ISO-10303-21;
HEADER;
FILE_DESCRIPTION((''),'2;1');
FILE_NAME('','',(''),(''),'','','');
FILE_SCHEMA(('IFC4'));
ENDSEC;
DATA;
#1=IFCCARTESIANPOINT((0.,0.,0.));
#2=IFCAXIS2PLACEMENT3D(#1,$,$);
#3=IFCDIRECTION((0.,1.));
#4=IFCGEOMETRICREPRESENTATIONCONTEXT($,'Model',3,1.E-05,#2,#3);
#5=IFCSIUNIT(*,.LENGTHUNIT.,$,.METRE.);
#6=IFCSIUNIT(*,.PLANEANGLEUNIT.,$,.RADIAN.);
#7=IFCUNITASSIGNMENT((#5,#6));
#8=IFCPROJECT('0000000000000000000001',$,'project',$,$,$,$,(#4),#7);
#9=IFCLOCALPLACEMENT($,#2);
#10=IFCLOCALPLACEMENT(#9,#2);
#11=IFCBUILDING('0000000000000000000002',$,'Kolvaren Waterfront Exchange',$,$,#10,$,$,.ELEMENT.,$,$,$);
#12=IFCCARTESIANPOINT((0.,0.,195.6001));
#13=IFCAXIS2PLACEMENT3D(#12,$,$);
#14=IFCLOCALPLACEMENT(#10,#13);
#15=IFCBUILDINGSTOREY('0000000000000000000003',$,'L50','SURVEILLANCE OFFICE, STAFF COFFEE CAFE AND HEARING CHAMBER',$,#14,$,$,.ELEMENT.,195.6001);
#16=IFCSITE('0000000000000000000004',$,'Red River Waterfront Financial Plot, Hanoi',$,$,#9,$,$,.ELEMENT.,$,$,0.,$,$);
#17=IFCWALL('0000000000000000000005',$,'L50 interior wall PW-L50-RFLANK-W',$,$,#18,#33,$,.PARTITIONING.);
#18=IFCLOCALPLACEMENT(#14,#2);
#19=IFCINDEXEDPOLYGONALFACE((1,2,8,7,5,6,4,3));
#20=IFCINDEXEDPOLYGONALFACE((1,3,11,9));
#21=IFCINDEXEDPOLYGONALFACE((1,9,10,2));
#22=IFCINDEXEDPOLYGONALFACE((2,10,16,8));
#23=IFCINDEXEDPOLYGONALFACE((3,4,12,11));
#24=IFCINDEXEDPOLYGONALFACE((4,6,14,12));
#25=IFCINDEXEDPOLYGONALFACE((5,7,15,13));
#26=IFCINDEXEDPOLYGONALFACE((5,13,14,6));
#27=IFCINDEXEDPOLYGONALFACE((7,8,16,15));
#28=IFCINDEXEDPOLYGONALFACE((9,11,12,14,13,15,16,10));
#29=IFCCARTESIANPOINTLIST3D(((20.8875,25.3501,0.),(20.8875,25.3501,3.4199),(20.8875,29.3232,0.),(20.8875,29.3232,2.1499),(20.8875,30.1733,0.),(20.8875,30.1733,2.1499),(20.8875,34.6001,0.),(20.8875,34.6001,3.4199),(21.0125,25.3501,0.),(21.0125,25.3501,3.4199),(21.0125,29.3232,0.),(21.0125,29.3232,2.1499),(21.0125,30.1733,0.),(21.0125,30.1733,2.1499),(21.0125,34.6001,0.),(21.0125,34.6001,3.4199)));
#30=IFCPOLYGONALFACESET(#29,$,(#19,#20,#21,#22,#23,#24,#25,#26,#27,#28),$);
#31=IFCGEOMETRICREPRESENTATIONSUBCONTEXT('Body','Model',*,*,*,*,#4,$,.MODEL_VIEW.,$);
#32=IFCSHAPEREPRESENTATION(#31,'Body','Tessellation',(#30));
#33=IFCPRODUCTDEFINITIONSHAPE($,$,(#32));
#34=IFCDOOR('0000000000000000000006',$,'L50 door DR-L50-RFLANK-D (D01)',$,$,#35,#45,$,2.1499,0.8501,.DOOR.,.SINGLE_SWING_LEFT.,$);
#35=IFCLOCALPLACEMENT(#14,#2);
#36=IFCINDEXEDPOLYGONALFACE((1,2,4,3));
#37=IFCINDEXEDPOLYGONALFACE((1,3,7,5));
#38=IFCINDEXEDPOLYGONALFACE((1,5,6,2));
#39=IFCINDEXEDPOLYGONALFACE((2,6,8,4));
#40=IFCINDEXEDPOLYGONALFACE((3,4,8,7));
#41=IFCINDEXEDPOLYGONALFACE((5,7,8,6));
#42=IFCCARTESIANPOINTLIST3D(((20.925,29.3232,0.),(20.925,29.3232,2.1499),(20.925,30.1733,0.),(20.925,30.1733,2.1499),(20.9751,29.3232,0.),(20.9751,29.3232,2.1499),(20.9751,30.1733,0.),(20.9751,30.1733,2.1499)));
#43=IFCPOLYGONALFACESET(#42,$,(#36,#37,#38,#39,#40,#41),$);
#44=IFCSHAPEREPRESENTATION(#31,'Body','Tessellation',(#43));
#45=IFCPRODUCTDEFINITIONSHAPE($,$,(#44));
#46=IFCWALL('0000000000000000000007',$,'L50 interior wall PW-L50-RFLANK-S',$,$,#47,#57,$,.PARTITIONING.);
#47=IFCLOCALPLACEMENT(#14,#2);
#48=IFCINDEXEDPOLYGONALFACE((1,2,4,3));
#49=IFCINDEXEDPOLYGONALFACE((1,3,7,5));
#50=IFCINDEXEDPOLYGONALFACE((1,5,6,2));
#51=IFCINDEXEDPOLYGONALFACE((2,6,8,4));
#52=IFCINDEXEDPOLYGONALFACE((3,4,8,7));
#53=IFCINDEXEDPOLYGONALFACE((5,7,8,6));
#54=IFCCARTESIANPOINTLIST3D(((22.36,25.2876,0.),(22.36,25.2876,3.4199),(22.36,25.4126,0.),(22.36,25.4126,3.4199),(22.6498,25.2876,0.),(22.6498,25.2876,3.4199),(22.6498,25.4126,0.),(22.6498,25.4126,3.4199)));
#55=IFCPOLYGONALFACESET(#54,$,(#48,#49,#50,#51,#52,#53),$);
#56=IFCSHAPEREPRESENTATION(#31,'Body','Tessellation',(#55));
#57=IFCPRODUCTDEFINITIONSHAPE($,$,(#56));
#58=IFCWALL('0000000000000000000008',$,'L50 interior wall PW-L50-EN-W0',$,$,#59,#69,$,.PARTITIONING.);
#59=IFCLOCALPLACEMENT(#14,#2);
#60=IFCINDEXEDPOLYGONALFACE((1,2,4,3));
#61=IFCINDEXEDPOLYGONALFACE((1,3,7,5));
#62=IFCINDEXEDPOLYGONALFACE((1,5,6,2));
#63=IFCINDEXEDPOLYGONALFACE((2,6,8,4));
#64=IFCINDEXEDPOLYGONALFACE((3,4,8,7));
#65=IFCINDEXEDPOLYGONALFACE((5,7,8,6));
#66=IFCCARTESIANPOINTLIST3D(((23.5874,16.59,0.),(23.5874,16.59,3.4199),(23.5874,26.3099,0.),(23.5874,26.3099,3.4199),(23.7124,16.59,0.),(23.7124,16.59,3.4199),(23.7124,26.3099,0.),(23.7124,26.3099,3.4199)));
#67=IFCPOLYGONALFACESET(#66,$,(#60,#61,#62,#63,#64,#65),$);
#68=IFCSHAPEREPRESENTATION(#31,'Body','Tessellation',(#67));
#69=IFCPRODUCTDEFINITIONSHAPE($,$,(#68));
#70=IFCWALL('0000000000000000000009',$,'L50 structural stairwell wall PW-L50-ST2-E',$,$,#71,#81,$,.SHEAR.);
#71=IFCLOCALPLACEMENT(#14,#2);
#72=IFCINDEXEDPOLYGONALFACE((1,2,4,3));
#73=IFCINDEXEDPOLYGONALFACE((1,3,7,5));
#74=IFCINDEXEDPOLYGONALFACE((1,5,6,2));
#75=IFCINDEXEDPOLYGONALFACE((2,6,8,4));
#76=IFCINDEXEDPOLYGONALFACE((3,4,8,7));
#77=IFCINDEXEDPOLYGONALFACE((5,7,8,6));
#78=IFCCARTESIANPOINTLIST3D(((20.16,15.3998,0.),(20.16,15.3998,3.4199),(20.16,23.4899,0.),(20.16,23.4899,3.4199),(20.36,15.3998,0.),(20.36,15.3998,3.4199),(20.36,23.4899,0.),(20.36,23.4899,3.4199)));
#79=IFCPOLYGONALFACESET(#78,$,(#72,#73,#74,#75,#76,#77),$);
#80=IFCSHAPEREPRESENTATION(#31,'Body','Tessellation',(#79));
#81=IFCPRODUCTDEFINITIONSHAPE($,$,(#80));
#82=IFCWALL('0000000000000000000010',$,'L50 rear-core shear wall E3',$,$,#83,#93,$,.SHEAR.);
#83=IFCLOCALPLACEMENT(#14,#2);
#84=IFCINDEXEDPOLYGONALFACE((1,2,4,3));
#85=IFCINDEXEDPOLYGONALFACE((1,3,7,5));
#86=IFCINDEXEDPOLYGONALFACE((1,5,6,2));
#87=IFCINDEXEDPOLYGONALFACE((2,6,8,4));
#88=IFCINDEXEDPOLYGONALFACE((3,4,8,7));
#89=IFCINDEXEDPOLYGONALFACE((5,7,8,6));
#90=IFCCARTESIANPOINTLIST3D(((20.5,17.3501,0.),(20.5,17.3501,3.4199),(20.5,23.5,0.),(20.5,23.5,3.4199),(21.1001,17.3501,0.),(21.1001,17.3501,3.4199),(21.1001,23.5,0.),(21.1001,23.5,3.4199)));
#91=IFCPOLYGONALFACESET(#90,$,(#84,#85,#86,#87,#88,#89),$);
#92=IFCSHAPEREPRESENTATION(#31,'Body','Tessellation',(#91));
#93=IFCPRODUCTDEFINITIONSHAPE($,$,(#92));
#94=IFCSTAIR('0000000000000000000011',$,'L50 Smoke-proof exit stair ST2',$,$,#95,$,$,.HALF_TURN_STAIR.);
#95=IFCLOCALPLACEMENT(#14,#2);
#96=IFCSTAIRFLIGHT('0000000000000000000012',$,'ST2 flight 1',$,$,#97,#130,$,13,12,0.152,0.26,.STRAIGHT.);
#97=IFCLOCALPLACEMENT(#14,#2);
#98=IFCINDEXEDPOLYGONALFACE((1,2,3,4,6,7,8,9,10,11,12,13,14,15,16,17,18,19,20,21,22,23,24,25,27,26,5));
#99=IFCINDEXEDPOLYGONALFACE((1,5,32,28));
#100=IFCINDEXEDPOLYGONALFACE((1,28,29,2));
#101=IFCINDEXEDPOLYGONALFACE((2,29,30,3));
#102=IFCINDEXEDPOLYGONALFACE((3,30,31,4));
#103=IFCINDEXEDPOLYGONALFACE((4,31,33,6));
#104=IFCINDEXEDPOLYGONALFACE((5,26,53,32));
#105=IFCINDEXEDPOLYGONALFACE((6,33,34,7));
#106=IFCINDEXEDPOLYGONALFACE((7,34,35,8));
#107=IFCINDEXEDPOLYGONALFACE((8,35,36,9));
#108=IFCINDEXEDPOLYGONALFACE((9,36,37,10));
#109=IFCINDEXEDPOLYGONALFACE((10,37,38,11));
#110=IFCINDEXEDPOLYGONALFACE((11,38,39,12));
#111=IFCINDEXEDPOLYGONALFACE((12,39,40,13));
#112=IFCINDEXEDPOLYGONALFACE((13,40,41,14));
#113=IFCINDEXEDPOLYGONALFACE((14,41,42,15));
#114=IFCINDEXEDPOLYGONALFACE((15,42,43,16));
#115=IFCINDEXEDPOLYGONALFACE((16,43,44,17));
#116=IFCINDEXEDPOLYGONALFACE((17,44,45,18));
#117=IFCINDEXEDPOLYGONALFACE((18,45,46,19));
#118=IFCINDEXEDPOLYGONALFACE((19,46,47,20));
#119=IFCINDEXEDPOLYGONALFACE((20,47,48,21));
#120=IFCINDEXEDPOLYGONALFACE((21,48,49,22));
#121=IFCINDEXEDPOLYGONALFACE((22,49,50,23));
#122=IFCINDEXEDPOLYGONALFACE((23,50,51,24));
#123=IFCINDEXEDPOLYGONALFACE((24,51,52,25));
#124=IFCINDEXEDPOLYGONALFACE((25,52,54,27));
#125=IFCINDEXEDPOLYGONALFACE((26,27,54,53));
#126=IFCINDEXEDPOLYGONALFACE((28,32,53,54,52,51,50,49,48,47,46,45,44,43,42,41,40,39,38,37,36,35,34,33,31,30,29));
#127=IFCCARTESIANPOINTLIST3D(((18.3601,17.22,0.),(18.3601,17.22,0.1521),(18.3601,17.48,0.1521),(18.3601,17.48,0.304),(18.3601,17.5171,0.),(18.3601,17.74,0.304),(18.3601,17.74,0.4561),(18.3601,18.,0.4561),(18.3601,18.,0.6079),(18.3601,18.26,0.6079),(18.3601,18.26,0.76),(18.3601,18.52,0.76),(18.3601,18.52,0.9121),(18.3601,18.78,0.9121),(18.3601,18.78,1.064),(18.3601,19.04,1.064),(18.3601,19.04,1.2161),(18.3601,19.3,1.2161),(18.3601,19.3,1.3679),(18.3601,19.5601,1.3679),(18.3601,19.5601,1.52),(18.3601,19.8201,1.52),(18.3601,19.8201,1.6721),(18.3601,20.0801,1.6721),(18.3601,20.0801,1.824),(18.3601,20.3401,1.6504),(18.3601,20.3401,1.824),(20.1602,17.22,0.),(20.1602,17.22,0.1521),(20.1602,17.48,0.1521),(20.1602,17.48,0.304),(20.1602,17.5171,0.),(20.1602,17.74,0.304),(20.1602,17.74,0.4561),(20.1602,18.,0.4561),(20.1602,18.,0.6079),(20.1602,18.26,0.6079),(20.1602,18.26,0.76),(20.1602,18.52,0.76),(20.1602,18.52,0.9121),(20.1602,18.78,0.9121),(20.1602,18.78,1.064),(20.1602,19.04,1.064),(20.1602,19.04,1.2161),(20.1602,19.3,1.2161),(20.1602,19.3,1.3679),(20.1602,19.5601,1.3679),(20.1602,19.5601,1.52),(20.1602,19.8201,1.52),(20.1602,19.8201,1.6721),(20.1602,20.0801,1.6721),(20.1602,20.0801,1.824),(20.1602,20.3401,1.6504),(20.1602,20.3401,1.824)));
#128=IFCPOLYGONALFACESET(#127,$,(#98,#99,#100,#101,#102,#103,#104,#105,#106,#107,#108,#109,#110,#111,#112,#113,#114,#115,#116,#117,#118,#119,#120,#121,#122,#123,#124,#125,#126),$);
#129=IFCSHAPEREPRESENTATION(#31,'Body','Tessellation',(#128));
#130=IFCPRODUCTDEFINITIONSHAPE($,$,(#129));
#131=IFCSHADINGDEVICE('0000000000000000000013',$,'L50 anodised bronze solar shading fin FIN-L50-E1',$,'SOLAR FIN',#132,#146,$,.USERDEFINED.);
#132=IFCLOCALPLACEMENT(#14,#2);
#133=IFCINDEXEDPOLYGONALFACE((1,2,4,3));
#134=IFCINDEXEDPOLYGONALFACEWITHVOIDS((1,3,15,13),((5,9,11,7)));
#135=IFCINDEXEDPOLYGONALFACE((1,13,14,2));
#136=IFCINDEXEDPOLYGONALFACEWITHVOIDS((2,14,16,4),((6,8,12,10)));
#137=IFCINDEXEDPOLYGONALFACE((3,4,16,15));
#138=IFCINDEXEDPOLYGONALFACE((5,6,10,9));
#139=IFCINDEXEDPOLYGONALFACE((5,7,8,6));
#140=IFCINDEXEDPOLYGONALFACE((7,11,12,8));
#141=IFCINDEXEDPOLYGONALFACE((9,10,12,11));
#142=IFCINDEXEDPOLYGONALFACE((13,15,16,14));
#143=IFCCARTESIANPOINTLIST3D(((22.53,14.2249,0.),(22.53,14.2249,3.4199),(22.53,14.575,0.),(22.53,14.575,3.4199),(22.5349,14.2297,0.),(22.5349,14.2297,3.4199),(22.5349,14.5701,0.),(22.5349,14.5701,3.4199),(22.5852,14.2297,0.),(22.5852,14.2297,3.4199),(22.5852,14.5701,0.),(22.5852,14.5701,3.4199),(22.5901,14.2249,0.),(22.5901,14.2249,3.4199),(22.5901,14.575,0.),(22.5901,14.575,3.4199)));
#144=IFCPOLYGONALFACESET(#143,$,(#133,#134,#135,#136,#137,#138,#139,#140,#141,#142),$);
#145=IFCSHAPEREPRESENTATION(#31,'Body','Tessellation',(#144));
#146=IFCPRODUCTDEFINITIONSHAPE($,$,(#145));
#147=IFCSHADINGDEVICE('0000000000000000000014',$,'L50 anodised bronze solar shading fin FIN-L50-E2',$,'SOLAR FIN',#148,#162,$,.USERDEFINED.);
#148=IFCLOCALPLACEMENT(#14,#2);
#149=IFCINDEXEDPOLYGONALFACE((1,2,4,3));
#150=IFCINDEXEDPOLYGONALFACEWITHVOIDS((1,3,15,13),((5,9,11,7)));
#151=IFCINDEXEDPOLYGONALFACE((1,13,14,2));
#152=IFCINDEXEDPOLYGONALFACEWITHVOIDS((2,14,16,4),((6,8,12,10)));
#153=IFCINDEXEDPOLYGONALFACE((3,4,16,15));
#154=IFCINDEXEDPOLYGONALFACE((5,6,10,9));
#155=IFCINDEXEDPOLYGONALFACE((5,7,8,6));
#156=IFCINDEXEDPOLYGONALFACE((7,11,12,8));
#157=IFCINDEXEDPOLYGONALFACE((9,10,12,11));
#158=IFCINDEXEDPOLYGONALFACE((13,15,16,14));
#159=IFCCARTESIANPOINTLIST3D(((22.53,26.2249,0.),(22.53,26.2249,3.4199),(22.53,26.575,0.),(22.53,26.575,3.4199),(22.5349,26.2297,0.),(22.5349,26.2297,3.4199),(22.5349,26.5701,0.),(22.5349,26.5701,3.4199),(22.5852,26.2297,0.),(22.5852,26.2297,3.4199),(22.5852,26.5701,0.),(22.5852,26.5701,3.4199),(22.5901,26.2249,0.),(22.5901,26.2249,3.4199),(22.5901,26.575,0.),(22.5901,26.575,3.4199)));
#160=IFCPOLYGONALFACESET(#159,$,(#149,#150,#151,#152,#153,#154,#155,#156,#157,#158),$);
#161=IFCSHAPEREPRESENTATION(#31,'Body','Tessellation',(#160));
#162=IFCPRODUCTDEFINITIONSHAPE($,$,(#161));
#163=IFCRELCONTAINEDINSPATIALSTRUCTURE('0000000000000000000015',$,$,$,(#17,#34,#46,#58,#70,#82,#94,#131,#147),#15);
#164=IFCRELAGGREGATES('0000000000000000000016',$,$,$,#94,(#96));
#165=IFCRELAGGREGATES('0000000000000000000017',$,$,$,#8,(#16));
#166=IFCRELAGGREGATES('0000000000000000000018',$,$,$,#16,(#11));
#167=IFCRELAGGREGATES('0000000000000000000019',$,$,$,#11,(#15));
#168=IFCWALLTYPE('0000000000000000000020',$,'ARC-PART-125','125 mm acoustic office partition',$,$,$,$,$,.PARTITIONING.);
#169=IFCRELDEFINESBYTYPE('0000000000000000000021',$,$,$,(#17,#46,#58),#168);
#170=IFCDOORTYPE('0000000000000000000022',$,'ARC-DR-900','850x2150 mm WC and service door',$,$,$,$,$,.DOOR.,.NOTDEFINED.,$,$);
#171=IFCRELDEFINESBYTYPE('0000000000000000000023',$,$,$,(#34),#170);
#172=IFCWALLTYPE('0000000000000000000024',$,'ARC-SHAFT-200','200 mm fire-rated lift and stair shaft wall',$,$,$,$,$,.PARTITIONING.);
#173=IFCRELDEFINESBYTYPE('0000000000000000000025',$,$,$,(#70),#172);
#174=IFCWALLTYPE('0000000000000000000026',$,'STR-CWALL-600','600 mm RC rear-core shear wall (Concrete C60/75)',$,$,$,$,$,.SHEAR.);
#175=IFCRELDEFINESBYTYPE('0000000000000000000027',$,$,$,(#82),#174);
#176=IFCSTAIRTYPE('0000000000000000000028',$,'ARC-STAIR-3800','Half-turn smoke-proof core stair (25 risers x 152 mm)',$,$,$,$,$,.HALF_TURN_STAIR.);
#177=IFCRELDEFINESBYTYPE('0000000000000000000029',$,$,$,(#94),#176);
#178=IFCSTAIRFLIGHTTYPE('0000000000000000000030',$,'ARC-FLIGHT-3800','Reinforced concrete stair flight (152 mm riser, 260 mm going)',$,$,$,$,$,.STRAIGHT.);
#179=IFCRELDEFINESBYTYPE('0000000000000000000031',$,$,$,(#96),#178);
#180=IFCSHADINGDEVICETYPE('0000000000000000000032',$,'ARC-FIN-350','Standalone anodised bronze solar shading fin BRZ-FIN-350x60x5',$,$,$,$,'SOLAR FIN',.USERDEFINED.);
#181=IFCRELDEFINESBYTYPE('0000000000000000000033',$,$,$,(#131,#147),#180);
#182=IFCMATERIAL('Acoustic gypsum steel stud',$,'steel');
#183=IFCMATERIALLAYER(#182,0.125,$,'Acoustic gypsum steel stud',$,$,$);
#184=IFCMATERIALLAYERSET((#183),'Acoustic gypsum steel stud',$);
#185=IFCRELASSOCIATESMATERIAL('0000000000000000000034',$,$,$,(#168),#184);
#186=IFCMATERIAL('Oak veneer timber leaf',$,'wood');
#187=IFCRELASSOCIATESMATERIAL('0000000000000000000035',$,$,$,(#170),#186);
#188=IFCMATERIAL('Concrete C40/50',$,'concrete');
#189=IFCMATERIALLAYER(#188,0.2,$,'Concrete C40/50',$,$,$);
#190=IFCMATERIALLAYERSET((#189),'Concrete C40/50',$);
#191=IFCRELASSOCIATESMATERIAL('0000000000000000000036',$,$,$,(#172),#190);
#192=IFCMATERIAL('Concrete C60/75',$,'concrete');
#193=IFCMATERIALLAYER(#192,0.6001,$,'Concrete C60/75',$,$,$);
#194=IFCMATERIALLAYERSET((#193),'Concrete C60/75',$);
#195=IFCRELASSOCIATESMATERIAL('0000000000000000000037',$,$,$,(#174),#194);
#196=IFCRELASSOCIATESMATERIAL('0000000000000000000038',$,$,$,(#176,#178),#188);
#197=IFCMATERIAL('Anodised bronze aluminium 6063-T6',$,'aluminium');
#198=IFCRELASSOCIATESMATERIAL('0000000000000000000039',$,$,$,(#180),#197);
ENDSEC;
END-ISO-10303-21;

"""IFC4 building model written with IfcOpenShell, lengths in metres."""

from ifc_helpers import new_model, si_unit, direction, frame, frame_2d, origin, origin_2d, place, context, subcontext, project, spatial, polyline, rectangle, hollow_rectangle, outline, extrude, material, layer, layer_set, material_profile, profile_set, type_object, element, fill, aggregate, save


model = new_model("IFC4")

# Units and contexts
model_context = context("Model", 3, precision=1e-05, world=origin(), true_north=direction((0.0, 1.0)))
body_context = subcontext(model_context, "Body", "Model", "MODEL_VIEW")
ifc_project = project(units=[si_unit("LENGTHUNIT", "METRE"), si_unit("PLANEANGLEUNIT", "RADIAN")], contexts=[model_context])

# Site, building, storey
site_placement = place(None, origin())
site = spatial("IfcSite", under=ifc_project, at=site_placement, Name="Red River Waterfront Financial Plot, Hanoi", CompositionType="ELEMENT", RefElevation=0.0)
building_placement = place(site_placement, origin())
building = spatial("IfcBuilding", under=site, at=building_placement, Name="Kolvaren Waterfront Exchange", CompositionType="ELEMENT")
storey_placement = place(building_placement, frame((0.0, 0.0, 195.6001)))
storey = spatial("IfcBuildingStorey", under=building, at=storey_placement, Name="L50", Description="SURVEILLANCE OFFICE, STAFF COFFEE CAFE AND HEARING CHAMBER", CompositionType="ELEMENT", Elevation=195.6001)

# Shared definitions
ifc_material_1 = material(Name="Concrete C60/75", Category="concrete")

# Shared definitions
ifc_material_2 = material(Name="Anodised bronze aluminium 6063-T6", Category="aluminium")

# Wall, opening, door
ifc_material_3 = material(Name="Acoustic gypsum steel stud", Category="steel")
ifc_layer_1 = layer(ifc_material_3, 0.125, Name="Acoustic gypsum steel stud")
ifc_layer_set_1 = layer_set([ifc_layer_1], Name="Acoustic gypsum steel stud")
wall_type_1 = type_object("IfcWallType", Name="ARC-PART-125", Description="125 mm acoustic office partition", PredefinedType="PARTITIONING", material=ifc_layer_set_1)
wall_1_placement = place(storey_placement, frame((20.95, 25.3501, 0.0), z_axis=(0.0, 0.0, 1.0), x_axis=(0.0, 1.0, 0.0)))
wall_1 = element("IfcWall", 1, at=wall_1_placement, inside=storey, type_object=wall_type_1, Name="L50 interior wall PW-L50-RFLANK-W", PredefinedType="PARTITIONING", context=body_context, shape_type="SweptSolid", body=[
    extrude(rectangle(XDim=9.25, YDim=0.125, at=frame_2d((4.625, 0.0))), origin(), (0.0, 0.0, 1.0), 3.4199),
])
opening_1_placement = place(wall_1_placement, frame((3.9731, 0.0, 0.0)))
opening_1 = element("IfcOpeningElement", 2, at=opening_1_placement, cuts=wall_1, PredefinedType="OPENING", context=body_context, shape_type="SweptSolid", body=[
    extrude(rectangle(XDim=0.8501, YDim=2.1499, at=frame_2d((0.425, 1.075))), frame((0.0, 0.0725, 0.0), z_axis=(0.0, -1.0, 0.0), x_axis=(1.0, 0.0, 0.0)), (0.0, 0.0, 1.0), 0.145),
])
ifc_material_4 = material(Name="Oak veneer timber leaf", Category="wood")
door_type_1 = type_object("IfcDoorType", Name="ARC-DR-900", Description="850x2150 mm WC and service door", OperationType="NOTDEFINED", PredefinedType="DOOR", material=ifc_material_4)
door_1_placement = place(opening_1_placement, origin())
door_1 = element("IfcDoor", 3, at=door_1_placement, inside=storey, type_object=door_type_1, Name="L50 door DR-L50-RFLANK-D (D01)", OperationType="SINGLE_SWING_LEFT", OverallHeight=2.1499, OverallWidth=0.8501, PredefinedType="DOOR", context=body_context, shape_type="SweptSolid", body=[
    extrude(rectangle(XDim=0.8501, YDim=2.1499, at=frame_2d((0.425, 1.075))), frame((0.0, 0.0249, 0.0), z_axis=(0.0, -1.0, 0.0), x_axis=(1.0, 0.0, 0.0)), (0.0, 0.0, 1.0), 0.05),
])
fill(opening_1, door_1)

# Walls
wall_2_placement = place(storey_placement, frame((22.6499, 25.3501, 0.0), z_axis=(0.0, 0.0, 1.0), x_axis=(-1.0, 0.0, 0.0)))
element("IfcWall", 4, at=wall_2_placement, inside=storey, type_object=wall_type_1, Name="L50 interior wall PW-L50-RFLANK-S", PredefinedType="PARTITIONING", context=body_context, shape_type="SweptSolid", body=[
    extrude(rectangle(XDim=0.2898, YDim=0.125, at=frame_2d((0.145, 0.0))), origin(), (0.0, 0.0, 1.0), 3.4199),
])
wall_3_placement = place(storey_placement, frame((23.6499, 16.5901, 0.0), z_axis=(0.0, 0.0, 1.0), x_axis=(0.0, 1.0, 0.0)))
element("IfcWall", 5, at=wall_3_placement, inside=storey, type_object=wall_type_1, Name="L50 interior wall PW-L50-EN-W0", PredefinedType="PARTITIONING", context=body_context, shape_type="SweptSolid", body=[
    extrude(rectangle(XDim=9.72, YDim=0.125, at=frame_2d((4.8599, 0.0))), origin(), (0.0, 0.0, 1.0), 3.4199),
])
ifc_material_5 = material(Name="Concrete C40/50", Category="concrete")
ifc_layer_2 = layer(ifc_material_5, 0.2, Name="Concrete C40/50")
ifc_layer_set_2 = layer_set([ifc_layer_2], Name="Concrete C40/50")
wall_type_2 = type_object("IfcWallType", Name="ARC-SHAFT-200", Description="200 mm fire-rated lift and stair shaft wall", PredefinedType="PARTITIONING", material=ifc_layer_set_2)
wall_4_placement = place(storey_placement, frame((20.26, 15.3999, 0.0), z_axis=(0.0, 0.0, 1.0), x_axis=(0.0, 1.0, 0.0)))
element("IfcWall", 6, at=wall_4_placement, inside=storey, type_object=wall_type_2, Name="L50 structural stairwell wall PW-L50-ST2-E", PredefinedType="SHEAR", context=body_context, shape_type="SweptSolid", body=[
    extrude(rectangle(XDim=8.0901, YDim=0.2, at=frame_2d((4.0449, 0.0))), origin(), (0.0, 0.0, 1.0), 3.4199),
])
ifc_layer_3 = layer(ifc_material_1, 0.6001, Name="Concrete C60/75")
ifc_layer_set_3 = layer_set([ifc_layer_3], Name="Concrete C60/75")
wall_type_3 = type_object("IfcWallType", Name="STR-CWALL-600", Description="600 mm RC rear-core shear wall (Concrete C60/75)", PredefinedType="SHEAR", material=ifc_layer_set_3)
wall_5_placement = place(storey_placement, frame((20.8, 17.3501, 0.0), z_axis=(0.0, 0.0, 1.0), x_axis=(0.0, 1.0, 0.0)))
element("IfcWall", 7, at=wall_5_placement, inside=storey, type_object=wall_type_3, Name="L50 rear-core shear wall E3", PredefinedType="SHEAR", context=body_context, shape_type="SweptSolid", body=[
    extrude(rectangle(XDim=6.1499, YDim=0.6001, at=frame_2d((3.075, 0.0))), origin(), (0.0, 0.0, 1.0), 3.4199),
])

# Stair, stair flight
stair_type = type_object("IfcStairType", Name="ARC-STAIR-3800", Description="Half-turn smoke-proof core stair (25 risers x 152 mm)", PredefinedType="HALF_TURN_STAIR", material=ifc_material_5)
stair_placement = place(storey_placement, origin())
stair = element("IfcStair", 8, at=stair_placement, inside=storey, type_object=stair_type, Name="L50 Smoke-proof exit stair ST2", PredefinedType="HALF_TURN_STAIR")
stair_flight_type = type_object("IfcStairFlightType", Name="ARC-FLIGHT-3800", Description="Reinforced concrete stair flight (152 mm riser, 260 mm going)", PredefinedType="STRAIGHT", material=ifc_material_5)
stair_flight_placement = place(storey_placement, frame((19.26, 17.22, 0.0), z_axis=(0.0, 0.0, 1.0), x_axis=(0.0, 1.0, 0.0)))
stair_flight = element("IfcStairFlight", 9, at=stair_flight_placement, type_object=stair_flight_type, Name="ST2 flight 1", NumberOfRisers=13, NumberOfTreads=12, PredefinedType="STRAIGHT", RiserHeight=0.152, TreadLength=0.26, context=body_context, shape_type="SweptSolid", body=[
    extrude(outline(polyline([(0.0, 0.0), (0.0, 0.1521), (0.26, 0.1521), (0.26, 0.304), (0.52, 0.304), (0.52, 0.4561), (0.78, 0.4561), (0.78, 0.6079), (1.04, 0.6079), (1.04, 0.76), (1.3, 0.76), (1.3, 0.9121), (1.5601, 0.9121), (1.5601, 1.064), (1.8201, 1.064), (1.8201, 1.2161), (2.0801, 1.2161), (2.0801, 1.3679), (2.3401, 1.3679), (2.3401, 1.52), (2.6001, 1.52), (2.6001, 1.6721), (2.8601, 1.6721), (2.8601, 1.824), (3.1201, 1.824), (3.1201, 1.9761), (3.1201, 1.6504), (0.2971, 0.0), (0.0, 0.0)])), frame((0.0, 0.8999, 0.0), z_axis=(0.0, -1.0, 0.0), x_axis=(1.0, 0.0, 0.0)), (0.0, 0.0, 1.0), 1.8),
])
aggregate(stair, [stair_flight])

# Shading devices
ifc_material_profile_1 = material_profile(ifc_material_2, hollow_rectangle(XDim=0.0601, YDim=0.3501, WallThickness=0.0049, at=origin_2d()), Name="BRZ-FIN-350x60x5")
ifc_profile_set_1 = profile_set([ifc_material_profile_1], Name="Anodised bronze aluminium 6063-T6")
shading_device_type = type_object("IfcShadingDeviceType", Name="ARC-FIN-350", Description="Standalone anodised bronze solar shading fin BRZ-FIN-350x60x5", ElementType="SOLAR FIN", PredefinedType="USERDEFINED", material=ifc_profile_set_1)
for number, where, z_axis, x_axis, name in (
    (10, (22.5601, 14.3999, 0.0), (0.0, 0.0, 1.0), (1.0, 0.0, 0.0), "L50 anodised bronze solar shading fin FIN-L50-E1"),
    (11, (22.5601, 26.3999, 0.0), (0.0, 0.0, 1.0), (1.0, 0.0, 0.0), "L50 anodised bronze solar shading fin FIN-L50-E2"),
):
    element("IfcShadingDevice", number, at=place(storey_placement, frame(where, z_axis=z_axis, x_axis=x_axis)), inside=storey, type_object=shading_device_type, Name=name, ObjectType="SOLAR FIN", PredefinedType="USERDEFINED", context=body_context, shape_type="SweptSolid", body=[
        extrude(hollow_rectangle(XDim=0.0601, YDim=0.3501, WallThickness=0.0049, at=origin_2d()), origin(), (0.0, 0.0, 1.0), 3.4199),
    ])

save(model, "model.ifc")
